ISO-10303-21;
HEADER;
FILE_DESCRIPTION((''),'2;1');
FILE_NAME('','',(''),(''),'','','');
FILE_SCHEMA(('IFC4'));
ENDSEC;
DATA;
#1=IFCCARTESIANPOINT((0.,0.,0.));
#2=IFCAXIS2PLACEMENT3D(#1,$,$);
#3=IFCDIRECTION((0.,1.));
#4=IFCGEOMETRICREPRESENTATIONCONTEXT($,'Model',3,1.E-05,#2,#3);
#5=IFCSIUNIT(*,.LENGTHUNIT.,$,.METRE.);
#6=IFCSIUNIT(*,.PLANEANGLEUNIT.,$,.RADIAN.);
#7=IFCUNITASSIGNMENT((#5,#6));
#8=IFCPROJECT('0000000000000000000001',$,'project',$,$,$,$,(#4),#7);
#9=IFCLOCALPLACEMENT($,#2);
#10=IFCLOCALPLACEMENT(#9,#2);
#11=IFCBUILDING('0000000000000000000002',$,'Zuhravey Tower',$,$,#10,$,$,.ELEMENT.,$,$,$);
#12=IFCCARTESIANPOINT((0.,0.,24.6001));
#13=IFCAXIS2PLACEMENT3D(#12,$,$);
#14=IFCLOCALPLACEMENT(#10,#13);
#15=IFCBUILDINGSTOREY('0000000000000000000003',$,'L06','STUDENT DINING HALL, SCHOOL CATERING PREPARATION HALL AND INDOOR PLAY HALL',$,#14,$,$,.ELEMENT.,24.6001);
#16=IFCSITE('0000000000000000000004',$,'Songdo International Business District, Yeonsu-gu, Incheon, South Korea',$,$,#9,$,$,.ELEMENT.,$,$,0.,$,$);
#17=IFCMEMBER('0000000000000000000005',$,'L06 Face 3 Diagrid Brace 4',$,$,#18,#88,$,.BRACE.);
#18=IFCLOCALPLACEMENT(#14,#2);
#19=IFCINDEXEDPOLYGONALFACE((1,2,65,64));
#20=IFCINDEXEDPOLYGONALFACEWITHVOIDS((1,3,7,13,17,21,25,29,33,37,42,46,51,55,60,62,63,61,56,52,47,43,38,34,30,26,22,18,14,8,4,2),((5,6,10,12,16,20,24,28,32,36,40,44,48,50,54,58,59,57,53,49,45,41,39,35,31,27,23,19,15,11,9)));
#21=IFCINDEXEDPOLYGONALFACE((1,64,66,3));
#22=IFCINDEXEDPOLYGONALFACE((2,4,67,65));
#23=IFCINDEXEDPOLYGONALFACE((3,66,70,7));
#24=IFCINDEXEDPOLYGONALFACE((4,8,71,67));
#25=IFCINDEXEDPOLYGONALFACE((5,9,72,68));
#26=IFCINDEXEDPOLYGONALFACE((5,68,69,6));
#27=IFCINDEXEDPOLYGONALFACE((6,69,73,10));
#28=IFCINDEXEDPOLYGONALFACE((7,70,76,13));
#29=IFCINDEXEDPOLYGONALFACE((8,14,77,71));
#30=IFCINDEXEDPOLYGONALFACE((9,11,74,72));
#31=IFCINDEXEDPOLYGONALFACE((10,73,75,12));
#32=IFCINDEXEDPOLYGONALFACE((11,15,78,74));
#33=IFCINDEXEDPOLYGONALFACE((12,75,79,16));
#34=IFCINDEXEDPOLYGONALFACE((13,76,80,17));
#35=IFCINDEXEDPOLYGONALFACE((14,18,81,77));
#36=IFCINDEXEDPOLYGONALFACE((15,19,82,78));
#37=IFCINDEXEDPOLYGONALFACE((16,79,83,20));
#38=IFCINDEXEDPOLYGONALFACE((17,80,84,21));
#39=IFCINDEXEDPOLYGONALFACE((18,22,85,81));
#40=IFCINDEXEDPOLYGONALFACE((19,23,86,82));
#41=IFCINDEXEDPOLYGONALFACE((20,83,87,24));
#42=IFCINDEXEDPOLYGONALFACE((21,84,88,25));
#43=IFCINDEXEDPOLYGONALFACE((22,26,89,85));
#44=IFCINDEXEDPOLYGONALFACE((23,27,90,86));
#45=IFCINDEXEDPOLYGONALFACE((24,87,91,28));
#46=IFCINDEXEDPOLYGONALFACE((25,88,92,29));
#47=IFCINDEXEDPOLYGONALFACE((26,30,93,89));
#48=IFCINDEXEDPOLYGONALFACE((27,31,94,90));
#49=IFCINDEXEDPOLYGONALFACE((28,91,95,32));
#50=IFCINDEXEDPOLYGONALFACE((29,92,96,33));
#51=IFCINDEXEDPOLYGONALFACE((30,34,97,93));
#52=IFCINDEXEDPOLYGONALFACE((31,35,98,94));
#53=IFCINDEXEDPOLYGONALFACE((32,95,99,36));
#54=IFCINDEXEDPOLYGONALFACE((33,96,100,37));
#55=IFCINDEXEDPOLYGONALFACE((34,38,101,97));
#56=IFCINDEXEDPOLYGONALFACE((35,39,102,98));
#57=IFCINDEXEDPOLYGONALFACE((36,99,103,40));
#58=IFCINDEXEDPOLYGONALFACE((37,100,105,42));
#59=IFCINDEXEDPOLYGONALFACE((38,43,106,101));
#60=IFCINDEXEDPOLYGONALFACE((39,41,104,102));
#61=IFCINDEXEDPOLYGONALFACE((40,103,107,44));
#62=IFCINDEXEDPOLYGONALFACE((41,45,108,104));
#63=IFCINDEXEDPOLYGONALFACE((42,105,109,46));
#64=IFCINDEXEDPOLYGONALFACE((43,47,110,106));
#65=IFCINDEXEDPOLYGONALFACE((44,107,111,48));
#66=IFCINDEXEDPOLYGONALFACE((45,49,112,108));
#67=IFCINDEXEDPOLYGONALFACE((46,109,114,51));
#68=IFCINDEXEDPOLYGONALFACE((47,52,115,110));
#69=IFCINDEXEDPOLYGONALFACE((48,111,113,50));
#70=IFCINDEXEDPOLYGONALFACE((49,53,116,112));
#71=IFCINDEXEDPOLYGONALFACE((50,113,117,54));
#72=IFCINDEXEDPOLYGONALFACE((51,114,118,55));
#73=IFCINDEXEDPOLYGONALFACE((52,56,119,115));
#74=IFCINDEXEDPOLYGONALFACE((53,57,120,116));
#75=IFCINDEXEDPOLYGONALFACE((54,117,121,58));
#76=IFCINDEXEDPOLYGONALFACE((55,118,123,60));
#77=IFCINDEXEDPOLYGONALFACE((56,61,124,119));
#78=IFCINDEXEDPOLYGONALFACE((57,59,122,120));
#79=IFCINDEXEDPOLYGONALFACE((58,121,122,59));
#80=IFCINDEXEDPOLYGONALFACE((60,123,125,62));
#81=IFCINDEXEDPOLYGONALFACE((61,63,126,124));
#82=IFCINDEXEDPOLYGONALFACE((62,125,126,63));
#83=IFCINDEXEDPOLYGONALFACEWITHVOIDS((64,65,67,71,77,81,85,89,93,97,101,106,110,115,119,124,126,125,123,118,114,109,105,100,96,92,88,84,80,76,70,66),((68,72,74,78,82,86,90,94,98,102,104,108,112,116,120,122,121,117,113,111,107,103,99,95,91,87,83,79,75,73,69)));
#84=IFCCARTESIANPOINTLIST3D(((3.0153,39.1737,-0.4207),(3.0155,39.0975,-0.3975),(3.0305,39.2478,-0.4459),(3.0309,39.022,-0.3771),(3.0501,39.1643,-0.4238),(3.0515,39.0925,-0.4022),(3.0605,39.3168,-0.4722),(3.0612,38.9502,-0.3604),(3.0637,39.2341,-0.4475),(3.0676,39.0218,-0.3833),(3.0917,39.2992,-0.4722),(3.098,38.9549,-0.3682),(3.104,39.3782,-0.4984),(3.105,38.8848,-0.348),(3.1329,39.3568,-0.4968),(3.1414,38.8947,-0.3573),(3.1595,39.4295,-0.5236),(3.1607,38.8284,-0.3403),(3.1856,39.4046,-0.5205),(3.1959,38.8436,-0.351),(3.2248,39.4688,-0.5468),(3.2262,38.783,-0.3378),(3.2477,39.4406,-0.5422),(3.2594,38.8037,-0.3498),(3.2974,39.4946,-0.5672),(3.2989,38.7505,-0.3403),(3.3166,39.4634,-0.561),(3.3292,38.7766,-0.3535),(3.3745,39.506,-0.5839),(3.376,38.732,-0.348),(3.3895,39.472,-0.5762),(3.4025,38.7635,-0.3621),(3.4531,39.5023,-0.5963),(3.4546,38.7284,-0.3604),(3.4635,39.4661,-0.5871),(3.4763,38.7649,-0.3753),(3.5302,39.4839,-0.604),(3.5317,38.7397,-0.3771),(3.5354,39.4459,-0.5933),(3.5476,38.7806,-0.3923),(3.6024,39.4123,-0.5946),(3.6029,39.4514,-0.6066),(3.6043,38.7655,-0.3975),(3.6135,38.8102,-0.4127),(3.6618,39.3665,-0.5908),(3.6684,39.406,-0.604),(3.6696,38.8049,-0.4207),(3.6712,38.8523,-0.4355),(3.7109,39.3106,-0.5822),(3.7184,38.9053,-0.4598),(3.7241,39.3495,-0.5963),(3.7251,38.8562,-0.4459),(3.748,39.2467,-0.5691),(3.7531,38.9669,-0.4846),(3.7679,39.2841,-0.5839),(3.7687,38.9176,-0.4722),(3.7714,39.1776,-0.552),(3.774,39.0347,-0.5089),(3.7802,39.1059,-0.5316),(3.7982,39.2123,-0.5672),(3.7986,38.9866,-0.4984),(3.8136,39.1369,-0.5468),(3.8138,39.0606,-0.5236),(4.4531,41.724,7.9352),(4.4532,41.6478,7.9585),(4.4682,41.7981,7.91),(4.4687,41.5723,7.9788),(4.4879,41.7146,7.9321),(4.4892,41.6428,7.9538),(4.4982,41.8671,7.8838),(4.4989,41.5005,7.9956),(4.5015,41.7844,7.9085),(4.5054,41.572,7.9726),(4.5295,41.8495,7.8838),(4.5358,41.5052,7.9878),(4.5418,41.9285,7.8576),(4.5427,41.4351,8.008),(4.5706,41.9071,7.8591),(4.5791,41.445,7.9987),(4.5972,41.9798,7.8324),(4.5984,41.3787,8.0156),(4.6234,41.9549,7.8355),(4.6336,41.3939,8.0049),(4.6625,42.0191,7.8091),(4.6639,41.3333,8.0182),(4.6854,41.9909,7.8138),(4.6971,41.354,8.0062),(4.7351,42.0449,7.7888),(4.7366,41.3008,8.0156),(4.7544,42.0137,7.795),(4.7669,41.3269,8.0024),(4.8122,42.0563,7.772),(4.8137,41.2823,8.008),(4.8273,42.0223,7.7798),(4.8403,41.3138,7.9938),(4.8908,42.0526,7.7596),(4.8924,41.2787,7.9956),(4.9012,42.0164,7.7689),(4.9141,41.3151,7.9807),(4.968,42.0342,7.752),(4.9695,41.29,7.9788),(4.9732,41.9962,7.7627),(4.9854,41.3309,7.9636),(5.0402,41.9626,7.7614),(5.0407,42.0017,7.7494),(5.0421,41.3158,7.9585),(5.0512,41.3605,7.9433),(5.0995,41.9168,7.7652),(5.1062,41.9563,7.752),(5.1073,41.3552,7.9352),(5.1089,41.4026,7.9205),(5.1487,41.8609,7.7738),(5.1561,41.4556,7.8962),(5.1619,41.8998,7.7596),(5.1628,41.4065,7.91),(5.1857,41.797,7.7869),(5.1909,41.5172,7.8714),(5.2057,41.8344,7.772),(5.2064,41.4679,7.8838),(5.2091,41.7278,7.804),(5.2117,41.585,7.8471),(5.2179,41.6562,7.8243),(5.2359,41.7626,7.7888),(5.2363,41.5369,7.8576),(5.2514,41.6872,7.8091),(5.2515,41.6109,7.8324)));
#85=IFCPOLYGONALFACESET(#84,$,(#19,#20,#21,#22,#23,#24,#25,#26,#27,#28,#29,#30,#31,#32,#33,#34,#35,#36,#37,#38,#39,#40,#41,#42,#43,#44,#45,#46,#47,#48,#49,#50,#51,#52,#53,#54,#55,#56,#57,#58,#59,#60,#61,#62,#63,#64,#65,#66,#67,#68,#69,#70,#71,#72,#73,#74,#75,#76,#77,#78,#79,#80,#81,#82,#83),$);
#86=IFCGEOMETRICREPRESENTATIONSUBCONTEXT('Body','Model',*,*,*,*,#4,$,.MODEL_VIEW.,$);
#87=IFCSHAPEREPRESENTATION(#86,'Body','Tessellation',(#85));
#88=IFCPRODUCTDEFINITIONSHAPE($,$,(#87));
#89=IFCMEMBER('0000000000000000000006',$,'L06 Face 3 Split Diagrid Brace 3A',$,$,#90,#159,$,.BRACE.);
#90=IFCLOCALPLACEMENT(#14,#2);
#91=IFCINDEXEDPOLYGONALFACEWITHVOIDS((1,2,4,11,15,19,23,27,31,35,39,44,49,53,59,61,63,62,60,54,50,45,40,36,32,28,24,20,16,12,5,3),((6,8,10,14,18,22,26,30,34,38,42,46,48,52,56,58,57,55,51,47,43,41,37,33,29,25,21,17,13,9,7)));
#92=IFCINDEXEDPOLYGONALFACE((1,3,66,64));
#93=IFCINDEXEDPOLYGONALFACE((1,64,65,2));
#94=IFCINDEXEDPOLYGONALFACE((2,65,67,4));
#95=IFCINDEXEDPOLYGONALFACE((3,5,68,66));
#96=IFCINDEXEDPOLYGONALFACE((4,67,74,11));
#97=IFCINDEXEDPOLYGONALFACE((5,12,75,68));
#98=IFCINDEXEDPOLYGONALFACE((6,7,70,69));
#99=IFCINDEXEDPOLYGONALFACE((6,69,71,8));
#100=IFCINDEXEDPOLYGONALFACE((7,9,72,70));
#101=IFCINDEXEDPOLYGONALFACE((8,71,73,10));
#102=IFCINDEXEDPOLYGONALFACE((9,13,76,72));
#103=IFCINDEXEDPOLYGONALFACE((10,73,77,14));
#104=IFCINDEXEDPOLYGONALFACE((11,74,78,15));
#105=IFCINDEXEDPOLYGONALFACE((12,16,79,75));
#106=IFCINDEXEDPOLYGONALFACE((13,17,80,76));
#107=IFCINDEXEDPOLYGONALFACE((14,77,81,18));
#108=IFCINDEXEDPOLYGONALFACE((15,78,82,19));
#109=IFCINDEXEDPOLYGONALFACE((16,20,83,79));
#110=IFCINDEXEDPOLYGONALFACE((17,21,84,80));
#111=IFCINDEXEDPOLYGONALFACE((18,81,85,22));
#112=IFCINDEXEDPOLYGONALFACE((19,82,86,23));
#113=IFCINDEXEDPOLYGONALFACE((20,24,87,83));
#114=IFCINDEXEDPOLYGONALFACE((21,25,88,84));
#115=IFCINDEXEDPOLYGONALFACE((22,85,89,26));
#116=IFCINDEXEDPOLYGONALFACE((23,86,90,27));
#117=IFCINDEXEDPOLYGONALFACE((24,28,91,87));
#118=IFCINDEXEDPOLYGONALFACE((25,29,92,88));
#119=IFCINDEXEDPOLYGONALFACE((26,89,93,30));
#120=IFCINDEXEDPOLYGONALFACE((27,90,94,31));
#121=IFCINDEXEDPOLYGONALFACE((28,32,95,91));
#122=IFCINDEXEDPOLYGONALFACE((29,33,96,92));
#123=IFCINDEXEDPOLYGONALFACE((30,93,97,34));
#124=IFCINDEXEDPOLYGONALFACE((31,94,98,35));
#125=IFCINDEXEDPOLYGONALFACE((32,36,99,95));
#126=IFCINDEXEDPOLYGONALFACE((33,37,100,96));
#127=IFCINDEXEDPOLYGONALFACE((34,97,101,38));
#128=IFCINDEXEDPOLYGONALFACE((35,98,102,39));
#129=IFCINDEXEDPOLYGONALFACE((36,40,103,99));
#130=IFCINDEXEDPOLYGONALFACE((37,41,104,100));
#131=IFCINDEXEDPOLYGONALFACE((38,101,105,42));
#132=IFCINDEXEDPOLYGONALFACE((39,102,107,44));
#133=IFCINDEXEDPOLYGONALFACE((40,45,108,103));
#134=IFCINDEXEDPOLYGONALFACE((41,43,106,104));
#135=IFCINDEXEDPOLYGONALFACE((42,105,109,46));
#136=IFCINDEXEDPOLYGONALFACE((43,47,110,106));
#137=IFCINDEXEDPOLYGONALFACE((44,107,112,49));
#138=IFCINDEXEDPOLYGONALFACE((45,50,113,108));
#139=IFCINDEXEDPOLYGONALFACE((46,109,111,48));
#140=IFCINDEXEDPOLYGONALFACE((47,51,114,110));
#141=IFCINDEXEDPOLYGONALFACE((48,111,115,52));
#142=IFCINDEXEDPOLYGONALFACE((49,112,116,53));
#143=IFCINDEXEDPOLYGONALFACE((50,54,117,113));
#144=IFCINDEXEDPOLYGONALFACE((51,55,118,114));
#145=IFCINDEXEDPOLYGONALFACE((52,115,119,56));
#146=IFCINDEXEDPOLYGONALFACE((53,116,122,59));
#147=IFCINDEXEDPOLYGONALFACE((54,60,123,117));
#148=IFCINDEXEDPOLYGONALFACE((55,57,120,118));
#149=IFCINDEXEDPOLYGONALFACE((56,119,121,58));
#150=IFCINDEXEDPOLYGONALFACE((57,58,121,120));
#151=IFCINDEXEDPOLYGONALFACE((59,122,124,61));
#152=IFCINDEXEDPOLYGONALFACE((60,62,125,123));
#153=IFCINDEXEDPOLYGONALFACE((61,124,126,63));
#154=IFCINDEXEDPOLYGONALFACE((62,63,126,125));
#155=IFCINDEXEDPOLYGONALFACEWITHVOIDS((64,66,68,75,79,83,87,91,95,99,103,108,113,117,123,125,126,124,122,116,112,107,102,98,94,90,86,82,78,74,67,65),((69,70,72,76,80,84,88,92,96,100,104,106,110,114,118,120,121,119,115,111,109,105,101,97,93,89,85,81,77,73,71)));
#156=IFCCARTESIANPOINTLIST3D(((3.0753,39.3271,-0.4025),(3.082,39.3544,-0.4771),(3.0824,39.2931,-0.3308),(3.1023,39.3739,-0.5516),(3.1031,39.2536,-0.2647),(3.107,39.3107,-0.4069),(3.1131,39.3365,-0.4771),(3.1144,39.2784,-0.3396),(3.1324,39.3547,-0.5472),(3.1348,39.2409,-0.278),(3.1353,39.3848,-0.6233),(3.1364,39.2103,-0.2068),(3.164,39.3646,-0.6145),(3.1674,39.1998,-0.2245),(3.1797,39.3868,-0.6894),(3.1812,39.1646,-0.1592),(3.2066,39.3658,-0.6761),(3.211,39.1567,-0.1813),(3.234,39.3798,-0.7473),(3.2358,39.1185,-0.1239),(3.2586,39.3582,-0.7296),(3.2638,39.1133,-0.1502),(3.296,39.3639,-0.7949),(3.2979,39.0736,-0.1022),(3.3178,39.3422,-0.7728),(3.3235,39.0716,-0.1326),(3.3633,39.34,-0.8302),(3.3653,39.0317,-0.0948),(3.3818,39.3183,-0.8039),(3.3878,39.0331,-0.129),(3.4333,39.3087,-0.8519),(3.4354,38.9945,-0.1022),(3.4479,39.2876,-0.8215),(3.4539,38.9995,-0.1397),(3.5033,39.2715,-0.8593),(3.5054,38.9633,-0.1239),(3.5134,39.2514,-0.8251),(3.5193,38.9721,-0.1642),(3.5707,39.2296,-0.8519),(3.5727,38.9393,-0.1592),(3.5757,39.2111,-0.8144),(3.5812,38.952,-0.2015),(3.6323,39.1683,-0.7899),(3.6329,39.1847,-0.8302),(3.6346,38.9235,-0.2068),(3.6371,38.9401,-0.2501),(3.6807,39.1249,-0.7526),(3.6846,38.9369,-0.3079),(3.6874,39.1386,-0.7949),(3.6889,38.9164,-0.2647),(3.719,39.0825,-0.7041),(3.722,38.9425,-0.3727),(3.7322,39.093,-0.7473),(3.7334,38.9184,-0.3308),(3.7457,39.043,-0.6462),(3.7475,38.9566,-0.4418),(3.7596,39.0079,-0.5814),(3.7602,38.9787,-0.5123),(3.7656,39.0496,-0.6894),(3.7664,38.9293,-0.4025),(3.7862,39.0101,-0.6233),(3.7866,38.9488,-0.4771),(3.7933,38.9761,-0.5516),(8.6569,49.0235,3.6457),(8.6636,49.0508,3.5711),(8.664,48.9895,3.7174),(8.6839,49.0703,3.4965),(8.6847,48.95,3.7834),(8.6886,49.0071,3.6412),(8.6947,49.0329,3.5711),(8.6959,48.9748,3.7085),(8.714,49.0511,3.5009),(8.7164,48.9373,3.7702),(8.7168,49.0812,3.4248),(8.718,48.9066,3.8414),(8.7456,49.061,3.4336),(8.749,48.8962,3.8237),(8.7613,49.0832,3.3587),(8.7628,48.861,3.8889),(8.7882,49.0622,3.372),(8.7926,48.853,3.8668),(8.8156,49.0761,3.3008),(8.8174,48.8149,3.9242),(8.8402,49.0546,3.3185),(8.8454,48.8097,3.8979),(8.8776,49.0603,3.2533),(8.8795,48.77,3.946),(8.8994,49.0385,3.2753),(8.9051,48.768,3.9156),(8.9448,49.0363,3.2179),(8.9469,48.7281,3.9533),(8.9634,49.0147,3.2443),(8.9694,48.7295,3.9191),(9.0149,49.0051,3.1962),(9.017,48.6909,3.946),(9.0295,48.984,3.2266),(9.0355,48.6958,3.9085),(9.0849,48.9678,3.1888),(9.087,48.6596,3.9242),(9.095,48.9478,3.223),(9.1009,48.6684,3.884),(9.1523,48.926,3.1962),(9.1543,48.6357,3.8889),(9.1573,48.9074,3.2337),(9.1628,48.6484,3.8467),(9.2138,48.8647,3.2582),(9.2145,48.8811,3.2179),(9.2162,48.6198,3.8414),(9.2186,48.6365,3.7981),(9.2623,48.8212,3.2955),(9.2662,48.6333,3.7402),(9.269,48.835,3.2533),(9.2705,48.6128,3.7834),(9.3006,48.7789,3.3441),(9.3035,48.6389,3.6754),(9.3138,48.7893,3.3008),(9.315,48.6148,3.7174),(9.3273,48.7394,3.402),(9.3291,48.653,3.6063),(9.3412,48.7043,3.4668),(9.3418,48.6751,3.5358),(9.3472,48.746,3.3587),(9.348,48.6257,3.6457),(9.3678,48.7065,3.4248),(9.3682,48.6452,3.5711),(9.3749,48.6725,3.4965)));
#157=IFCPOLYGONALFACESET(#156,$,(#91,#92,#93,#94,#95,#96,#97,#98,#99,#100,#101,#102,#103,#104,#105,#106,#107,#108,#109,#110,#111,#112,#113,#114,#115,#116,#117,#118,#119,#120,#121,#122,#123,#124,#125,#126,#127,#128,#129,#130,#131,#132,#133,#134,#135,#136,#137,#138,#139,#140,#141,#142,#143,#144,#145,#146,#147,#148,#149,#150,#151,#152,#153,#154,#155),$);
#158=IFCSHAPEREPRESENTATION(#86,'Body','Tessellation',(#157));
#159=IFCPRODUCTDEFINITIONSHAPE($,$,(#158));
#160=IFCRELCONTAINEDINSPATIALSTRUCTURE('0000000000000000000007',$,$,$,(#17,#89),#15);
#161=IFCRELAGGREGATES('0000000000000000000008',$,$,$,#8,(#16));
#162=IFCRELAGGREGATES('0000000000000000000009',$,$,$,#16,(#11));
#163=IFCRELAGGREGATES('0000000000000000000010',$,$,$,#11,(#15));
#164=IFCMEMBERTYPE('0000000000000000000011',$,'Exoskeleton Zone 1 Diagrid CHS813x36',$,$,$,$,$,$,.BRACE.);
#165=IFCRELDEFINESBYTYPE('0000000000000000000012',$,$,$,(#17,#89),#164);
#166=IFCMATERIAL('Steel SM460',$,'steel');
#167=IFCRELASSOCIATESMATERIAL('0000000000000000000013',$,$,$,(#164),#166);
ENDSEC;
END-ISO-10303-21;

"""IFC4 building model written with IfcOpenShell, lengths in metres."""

from ifc_helpers import new_model, si_unit, direction, frame, origin, origin_2d, place, context, subcontext, project, spatial, hollow_circle, extrude, material, material_profile, profile_set, type_object, element, save


model = new_model("IFC4")

# Units and contexts
model_context = context("Model", 3, precision=1e-05, world=origin(), true_north=direction((0.0, 1.0)))
body_context = subcontext(model_context, "Body", "Model", "MODEL_VIEW")
ifc_project = project(units=[si_unit("LENGTHUNIT", "METRE"), si_unit("PLANEANGLEUNIT", "RADIAN")], contexts=[model_context])

# Site, building, storey
site_placement = place(None, origin())
site = spatial("IfcSite", under=ifc_project, at=site_placement, Name="Songdo International Business District, Yeonsu-gu, Incheon, South Korea", CompositionType="ELEMENT", RefElevation=0.0)
building_placement = place(site_placement, origin())
building = spatial("IfcBuilding", under=site, at=building_placement, Name="Zuhravey Tower", CompositionType="ELEMENT")
storey_placement = place(building_placement, frame((0.0, 0.0, 24.6001)))
storey = spatial("IfcBuildingStorey", under=building, at=storey_placement, Name="L06", Description="STUDENT DINING HALL, SCHOOL CATERING PREPARATION HALL AND INDOOR PLAY HALL", CompositionType="ELEMENT", Elevation=24.6001)

# Members
ifc_material_1 = material(Name="Steel SM460", Category="steel")
ifc_material_profile_1 = material_profile(ifc_material_1, hollow_circle(Radius=0.4065, WallThickness=0.0359, at=origin_2d()), Name="CHS-812.8x36")
ifc_profile_set_1 = profile_set([ifc_material_profile_1], Name="Steel SM460")
member_type_1 = type_object("IfcMemberType", Name="Exoskeleton Zone 1 Diagrid CHS813x36", PredefinedType="BRACE", material=ifc_profile_set_1)
member_1_placement = place(storey_placement, frame((3.4146, 39.1172, -0.4722), z_axis=(0.162384, 0.288039, 0.943751), x_axis=(-0.871107, 0.491092, 0.0)))
element("IfcMember", 1, at=member_1_placement, inside=storey, type_object=member_type_1, Name="L06 Face 3 Diagrid Brace 4", PredefinedType="BRACE", context=body_context, shape_type="SweptSolid", body=[
    extrude(hollow_circle(Radius=0.4065, WallThickness=0.0359, at=origin_2d()), origin(), (0.0, 0.0, 1.0), 8.854),
])
member_2_placement = place(storey_placement, frame((3.4343, 39.1516, -0.4771), z_axis=(0.469122, 0.814962, 0.340238), x_axis=(-0.866668, 0.498886, 0.0)))
element("IfcMember", 2, at=member_2_placement, inside=storey, type_object=member_type_1, Name="L06 Face 3 Split Diagrid Brace 3A", PredefinedType="BRACE", context=body_context, shape_type="SweptSolid", body=[
    extrude(hollow_circle(Radius=0.4065, WallThickness=0.0359, at=origin_2d()), origin(), (0.0, 0.0, 1.0), 11.8979),
])

save(model, "model.ifc")
